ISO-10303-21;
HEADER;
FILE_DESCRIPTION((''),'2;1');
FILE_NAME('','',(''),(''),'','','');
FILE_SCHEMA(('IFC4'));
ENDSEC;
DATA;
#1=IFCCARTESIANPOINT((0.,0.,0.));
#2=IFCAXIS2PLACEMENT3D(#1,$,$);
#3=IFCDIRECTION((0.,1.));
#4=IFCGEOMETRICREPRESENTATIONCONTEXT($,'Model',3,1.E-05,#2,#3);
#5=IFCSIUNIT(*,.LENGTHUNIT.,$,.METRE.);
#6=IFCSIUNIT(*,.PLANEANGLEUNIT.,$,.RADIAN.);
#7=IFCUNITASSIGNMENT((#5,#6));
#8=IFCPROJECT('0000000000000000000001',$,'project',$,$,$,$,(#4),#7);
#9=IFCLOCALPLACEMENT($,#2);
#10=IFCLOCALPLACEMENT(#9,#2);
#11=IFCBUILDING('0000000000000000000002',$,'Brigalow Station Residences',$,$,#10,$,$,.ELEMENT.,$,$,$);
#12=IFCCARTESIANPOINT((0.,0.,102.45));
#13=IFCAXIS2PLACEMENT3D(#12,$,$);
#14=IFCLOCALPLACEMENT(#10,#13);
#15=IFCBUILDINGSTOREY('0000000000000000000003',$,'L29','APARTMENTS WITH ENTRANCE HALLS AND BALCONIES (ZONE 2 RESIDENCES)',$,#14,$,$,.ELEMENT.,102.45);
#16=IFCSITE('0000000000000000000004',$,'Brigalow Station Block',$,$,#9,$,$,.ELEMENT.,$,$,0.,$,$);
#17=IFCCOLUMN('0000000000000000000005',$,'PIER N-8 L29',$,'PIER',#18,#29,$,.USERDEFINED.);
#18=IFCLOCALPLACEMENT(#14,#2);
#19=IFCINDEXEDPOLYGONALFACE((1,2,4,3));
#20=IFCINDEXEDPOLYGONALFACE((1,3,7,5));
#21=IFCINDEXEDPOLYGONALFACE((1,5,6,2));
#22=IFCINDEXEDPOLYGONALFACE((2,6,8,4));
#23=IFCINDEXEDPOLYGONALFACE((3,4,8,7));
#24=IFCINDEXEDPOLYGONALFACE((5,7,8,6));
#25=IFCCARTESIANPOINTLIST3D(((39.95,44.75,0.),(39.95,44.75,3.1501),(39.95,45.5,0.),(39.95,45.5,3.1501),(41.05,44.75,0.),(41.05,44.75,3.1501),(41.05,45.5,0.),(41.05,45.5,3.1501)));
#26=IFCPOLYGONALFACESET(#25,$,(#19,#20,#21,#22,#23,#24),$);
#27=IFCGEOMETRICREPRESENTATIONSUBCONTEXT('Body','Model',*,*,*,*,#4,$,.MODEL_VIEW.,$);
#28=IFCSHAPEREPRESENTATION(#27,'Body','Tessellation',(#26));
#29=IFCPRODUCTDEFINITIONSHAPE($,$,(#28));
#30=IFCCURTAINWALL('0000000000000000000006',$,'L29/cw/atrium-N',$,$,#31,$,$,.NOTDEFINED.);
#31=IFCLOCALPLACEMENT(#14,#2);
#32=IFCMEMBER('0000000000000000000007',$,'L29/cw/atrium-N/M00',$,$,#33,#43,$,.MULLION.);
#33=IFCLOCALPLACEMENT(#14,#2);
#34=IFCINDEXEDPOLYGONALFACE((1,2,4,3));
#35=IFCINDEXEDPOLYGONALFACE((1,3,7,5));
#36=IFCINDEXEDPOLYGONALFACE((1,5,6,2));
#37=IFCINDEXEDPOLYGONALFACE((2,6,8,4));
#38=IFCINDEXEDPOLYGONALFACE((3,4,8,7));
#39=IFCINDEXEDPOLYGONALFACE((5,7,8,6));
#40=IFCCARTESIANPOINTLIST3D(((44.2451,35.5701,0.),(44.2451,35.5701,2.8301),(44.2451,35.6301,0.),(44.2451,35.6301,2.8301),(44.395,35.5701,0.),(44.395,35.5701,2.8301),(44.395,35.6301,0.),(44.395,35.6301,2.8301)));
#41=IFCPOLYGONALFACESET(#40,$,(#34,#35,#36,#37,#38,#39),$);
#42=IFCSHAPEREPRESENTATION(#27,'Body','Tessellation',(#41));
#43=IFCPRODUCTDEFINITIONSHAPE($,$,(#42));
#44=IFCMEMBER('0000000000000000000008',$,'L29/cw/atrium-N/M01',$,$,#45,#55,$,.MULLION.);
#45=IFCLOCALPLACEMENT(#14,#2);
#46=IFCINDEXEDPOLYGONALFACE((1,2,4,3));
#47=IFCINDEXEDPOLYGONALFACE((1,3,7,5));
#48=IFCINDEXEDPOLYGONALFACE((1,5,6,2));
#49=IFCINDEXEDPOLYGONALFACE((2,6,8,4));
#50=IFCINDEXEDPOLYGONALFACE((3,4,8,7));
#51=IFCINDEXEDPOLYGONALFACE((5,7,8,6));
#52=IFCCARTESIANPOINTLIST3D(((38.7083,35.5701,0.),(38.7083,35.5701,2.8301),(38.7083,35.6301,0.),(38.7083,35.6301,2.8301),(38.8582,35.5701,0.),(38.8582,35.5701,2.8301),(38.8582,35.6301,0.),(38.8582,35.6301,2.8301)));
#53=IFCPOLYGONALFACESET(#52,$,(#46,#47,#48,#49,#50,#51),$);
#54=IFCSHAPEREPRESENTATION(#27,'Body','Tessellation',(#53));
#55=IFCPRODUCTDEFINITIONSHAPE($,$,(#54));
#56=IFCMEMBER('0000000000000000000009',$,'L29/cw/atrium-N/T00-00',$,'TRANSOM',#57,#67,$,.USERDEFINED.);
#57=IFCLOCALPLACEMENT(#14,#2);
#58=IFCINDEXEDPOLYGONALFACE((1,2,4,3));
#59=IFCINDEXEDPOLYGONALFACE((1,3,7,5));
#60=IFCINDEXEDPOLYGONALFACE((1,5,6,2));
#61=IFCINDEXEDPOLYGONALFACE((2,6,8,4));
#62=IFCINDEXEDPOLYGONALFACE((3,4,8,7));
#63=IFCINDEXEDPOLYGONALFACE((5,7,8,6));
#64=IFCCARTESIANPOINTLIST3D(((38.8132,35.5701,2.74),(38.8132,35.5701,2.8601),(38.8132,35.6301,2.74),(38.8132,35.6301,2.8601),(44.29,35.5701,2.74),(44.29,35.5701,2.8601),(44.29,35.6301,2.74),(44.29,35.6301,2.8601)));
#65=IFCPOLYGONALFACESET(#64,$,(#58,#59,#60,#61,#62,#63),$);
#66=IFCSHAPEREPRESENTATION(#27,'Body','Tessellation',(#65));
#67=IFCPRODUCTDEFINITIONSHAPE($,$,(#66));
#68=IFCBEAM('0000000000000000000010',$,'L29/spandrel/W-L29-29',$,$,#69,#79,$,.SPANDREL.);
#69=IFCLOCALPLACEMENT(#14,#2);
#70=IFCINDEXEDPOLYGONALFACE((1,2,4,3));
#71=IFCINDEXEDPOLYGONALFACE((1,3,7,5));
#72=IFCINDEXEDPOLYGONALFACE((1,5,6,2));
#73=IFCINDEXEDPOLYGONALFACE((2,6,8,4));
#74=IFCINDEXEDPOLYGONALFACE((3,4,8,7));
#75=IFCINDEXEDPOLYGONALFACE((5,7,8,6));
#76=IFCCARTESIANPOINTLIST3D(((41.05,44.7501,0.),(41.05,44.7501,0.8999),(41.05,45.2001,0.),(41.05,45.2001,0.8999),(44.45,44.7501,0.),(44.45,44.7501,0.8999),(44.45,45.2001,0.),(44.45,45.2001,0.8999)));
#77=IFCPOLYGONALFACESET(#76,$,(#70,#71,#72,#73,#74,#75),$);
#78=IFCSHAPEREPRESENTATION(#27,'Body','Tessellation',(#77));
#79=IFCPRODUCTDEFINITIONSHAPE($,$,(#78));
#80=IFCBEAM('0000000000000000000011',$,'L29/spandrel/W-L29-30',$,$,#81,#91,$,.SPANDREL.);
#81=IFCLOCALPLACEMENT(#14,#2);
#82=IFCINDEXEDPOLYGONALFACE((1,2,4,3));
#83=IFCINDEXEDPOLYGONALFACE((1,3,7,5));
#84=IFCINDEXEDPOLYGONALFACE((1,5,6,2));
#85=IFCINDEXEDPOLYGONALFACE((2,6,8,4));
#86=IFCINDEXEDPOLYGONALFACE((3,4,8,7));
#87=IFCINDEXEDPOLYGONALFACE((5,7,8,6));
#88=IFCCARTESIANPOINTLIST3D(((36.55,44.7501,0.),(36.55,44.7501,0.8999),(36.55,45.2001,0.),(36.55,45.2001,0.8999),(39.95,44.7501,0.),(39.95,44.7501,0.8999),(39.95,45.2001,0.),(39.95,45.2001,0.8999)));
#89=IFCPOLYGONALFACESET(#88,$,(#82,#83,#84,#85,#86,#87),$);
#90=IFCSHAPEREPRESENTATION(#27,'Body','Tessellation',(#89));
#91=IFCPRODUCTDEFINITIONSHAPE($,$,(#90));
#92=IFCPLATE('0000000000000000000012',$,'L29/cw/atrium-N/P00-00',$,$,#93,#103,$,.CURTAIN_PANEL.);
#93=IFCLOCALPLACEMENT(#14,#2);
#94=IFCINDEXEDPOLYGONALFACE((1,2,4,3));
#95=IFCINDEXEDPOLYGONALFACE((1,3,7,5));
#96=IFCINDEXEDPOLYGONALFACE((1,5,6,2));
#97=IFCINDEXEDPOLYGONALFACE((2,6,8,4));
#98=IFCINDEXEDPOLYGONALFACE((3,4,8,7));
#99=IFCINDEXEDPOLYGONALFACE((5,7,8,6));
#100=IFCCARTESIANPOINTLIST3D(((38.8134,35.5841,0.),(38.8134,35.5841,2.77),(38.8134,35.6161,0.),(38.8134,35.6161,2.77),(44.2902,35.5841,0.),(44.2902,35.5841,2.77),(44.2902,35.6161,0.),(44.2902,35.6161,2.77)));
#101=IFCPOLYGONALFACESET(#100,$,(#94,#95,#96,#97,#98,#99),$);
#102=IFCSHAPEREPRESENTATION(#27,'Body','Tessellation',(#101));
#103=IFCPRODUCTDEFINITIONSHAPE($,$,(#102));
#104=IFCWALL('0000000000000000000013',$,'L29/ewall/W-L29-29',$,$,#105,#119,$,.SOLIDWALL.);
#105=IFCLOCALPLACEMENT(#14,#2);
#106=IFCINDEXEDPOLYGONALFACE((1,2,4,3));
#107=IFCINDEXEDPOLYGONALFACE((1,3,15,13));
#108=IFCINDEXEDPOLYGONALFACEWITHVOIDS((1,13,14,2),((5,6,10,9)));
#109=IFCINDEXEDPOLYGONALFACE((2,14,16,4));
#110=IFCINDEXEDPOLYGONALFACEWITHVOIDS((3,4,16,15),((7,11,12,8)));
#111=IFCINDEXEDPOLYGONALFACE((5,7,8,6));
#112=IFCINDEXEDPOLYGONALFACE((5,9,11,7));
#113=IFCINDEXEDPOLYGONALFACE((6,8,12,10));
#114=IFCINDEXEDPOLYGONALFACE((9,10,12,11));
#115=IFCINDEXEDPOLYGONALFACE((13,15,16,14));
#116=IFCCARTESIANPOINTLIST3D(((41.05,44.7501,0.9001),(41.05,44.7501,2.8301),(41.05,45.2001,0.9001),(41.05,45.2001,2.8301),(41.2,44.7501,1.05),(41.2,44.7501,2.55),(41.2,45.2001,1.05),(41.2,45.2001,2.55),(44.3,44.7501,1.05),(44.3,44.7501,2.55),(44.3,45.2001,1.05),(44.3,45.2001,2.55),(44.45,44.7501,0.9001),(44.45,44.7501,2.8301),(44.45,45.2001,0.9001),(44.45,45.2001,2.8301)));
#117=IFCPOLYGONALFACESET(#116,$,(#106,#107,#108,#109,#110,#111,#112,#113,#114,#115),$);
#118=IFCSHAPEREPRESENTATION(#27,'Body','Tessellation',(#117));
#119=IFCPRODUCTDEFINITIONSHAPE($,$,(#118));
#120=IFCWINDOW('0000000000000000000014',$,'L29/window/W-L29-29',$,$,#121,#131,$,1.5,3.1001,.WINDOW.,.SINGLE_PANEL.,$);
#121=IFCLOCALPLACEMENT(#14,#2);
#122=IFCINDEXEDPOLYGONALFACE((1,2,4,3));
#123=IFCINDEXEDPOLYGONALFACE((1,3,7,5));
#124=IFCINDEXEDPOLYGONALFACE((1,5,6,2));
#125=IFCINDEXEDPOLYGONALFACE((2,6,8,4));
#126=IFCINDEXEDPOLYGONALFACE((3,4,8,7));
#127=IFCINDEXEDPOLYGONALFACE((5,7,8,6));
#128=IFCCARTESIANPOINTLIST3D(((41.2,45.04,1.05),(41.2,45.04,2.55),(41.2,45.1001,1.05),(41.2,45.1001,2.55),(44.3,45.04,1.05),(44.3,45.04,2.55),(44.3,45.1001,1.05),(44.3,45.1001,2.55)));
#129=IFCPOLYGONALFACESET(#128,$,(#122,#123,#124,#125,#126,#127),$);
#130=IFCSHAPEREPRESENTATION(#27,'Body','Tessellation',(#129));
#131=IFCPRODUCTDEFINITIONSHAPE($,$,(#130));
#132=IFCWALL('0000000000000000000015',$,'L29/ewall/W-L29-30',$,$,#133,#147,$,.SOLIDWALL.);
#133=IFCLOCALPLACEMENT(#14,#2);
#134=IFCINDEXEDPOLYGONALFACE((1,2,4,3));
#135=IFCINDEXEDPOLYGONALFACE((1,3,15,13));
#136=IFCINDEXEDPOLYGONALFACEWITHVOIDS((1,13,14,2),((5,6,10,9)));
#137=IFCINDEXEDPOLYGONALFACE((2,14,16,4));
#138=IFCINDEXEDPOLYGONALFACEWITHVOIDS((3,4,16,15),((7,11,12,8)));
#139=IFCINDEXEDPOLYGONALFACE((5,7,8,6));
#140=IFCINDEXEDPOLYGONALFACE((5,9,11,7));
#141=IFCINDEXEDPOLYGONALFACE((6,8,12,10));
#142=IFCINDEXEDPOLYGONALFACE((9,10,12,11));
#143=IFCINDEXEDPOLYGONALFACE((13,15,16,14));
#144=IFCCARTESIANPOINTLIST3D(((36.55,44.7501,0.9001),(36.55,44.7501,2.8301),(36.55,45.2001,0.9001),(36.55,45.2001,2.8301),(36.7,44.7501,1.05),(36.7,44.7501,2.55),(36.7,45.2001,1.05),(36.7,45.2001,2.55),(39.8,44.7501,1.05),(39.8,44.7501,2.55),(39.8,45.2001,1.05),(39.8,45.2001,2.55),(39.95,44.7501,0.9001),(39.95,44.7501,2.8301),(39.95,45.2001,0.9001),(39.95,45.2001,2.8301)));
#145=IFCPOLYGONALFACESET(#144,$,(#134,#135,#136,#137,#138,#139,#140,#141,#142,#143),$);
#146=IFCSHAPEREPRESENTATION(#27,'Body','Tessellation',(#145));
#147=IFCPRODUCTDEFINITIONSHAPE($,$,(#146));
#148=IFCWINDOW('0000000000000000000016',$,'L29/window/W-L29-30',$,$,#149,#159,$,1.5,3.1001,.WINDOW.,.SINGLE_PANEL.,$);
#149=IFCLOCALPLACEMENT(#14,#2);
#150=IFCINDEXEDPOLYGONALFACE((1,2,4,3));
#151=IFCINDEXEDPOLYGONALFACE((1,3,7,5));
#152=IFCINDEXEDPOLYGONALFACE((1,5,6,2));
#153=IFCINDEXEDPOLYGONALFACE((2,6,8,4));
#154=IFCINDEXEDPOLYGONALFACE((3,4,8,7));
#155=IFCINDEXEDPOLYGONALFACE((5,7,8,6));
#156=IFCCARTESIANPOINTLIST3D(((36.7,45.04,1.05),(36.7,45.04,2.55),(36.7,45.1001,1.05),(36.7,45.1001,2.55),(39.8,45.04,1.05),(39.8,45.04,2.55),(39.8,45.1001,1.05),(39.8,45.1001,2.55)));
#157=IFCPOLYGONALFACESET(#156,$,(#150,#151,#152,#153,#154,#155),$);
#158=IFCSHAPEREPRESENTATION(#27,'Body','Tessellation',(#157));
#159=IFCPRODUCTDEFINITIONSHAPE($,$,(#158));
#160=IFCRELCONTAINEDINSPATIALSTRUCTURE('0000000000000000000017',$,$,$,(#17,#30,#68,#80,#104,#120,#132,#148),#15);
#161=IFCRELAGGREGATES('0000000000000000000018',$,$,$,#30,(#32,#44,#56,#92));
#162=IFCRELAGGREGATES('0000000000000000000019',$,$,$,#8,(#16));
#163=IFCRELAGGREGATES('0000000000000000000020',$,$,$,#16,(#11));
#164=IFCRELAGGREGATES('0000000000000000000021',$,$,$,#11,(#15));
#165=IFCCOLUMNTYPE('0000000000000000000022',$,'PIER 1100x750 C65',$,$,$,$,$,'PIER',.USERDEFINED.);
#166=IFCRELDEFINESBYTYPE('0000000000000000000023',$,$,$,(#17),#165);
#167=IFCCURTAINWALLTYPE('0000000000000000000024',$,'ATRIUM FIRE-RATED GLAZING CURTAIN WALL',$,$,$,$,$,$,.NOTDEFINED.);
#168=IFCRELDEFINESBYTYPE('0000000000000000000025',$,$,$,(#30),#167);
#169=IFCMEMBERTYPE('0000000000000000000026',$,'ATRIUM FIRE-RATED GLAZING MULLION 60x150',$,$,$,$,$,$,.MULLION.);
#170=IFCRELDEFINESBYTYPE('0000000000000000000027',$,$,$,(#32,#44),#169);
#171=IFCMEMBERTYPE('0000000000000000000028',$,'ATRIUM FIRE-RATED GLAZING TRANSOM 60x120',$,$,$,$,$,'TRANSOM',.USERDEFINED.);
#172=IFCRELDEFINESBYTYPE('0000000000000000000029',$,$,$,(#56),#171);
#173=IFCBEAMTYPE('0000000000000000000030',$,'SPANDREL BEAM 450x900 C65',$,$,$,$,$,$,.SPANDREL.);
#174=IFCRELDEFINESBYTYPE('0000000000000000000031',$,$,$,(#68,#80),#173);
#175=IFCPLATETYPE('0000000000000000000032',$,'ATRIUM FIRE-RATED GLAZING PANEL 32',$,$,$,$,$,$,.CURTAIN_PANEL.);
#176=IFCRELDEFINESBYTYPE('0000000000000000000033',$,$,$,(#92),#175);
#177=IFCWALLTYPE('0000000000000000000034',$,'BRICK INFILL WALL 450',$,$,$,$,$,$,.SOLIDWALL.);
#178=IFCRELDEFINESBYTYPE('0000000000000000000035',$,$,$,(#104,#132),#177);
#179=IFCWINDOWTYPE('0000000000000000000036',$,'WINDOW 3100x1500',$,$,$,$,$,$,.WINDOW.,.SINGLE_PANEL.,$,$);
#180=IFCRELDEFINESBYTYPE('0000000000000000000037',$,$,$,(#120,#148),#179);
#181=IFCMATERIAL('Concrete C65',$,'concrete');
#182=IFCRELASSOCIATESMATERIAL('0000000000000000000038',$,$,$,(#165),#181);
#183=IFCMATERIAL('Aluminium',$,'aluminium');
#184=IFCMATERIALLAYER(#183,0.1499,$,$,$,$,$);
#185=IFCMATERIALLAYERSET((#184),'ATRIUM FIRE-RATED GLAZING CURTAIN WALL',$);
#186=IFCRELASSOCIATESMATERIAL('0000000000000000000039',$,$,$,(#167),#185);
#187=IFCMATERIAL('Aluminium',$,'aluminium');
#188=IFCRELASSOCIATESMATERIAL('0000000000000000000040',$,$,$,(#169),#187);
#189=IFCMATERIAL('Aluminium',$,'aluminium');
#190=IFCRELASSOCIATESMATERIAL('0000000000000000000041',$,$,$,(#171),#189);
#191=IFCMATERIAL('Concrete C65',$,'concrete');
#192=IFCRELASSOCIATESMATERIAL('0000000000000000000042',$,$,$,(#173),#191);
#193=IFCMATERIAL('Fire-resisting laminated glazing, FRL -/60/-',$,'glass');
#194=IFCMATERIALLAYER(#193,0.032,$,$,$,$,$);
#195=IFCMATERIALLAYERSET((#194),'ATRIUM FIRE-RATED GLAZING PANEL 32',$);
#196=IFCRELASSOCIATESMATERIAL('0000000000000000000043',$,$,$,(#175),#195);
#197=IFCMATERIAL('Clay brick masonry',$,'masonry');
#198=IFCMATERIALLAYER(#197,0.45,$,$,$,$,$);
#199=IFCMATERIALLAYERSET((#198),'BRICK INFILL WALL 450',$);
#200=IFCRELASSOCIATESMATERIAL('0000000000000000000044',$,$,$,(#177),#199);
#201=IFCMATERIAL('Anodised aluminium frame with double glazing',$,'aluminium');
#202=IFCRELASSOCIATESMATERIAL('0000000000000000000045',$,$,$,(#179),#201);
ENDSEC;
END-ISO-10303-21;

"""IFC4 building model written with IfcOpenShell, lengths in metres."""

from ifc_helpers import new_model, si_unit, direction, frame, frame_2d, origin, origin_2d, place, context, subcontext, project, spatial, rectangle, extrude, material, layer, layer_set, material_profile, profile_set, type_object, element, fill, aggregate, save


model = new_model("IFC4")

# Units and contexts
model_context = context("Model", 3, precision=1e-05, world=origin(), true_north=direction((0.0, 1.0)))
body_context = subcontext(model_context, "Body", "Model", "MODEL_VIEW")
ifc_project = project(units=[si_unit("LENGTHUNIT", "METRE"), si_unit("PLANEANGLEUNIT", "RADIAN")], contexts=[model_context])

# Site, building, storey
site_placement = place(None, origin())
site = spatial("IfcSite", under=ifc_project, at=site_placement, Name="Brigalow Station Block", CompositionType="ELEMENT", RefElevation=0.0)
building_placement = place(site_placement, origin())
building = spatial("IfcBuilding", under=site, at=building_placement, Name="Brigalow Station Residences", CompositionType="ELEMENT")
storey_placement = place(building_placement, frame((0.0, 0.0, 102.45)))
storey = spatial("IfcBuildingStorey", under=building, at=storey_placement, Name="L29", Description="APARTMENTS WITH ENTRANCE HALLS AND BALCONIES (ZONE 2 RESIDENCES)", CompositionType="ELEMENT", Elevation=102.45)

# Column
ifc_material_1 = material(Name="Concrete C65", Category="concrete")
ifc_material_profile_1 = material_profile(ifc_material_1, rectangle(XDim=1.1001, YDim=0.75, at=origin_2d()), Name="RC1100x750")
ifc_profile_set_1 = profile_set([ifc_material_profile_1], Name="Concrete C65")
column_type = type_object("IfcColumnType", Name="PIER 1100x750 C65", ElementType="PIER", PredefinedType="USERDEFINED", material=ifc_profile_set_1)
column_placement = place(storey_placement, frame((40.5, 45.125, 0.0), z_axis=(0.0, 0.0, 1.0), x_axis=(-1.0, 0.0, 0.0)))
element("IfcColumn", 1, at=column_placement, inside=storey, type_object=column_type, Name="PIER N-8 L29", ObjectType="PIER", PredefinedType="USERDEFINED", context=body_context, shape_type="SweptSolid", body=[
    extrude(rectangle(XDim=1.1001, YDim=0.75, at=origin_2d()), origin(), (0.0, 0.0, 1.0), 3.1501),
])

# Curtain wall, members
ifc_material_2 = material(Name="Aluminium", Category="aluminium")
ifc_layer_1 = layer(ifc_material_2, 0.1499)
ifc_layer_set_1 = layer_set([ifc_layer_1], Name="ATRIUM FIRE-RATED GLAZING CURTAIN WALL")
curtain_wall_type = type_object("IfcCurtainWallType", Name="ATRIUM FIRE-RATED GLAZING CURTAIN WALL", PredefinedType="NOTDEFINED", material=ifc_layer_set_1)
curtain_wall_placement = place(storey_placement, origin())
curtain_wall = element("IfcCurtainWall", 2, at=curtain_wall_placement, inside=storey, type_object=curtain_wall_type, Name="L29/cw/atrium-N", PredefinedType="NOTDEFINED")
ifc_material_3 = material(Name="Aluminium", Category="aluminium")
ifc_material_profile_2 = material_profile(ifc_material_3, rectangle(XDim=0.0601, YDim=0.1499, at=origin_2d()), Name="ATRIUM FIRE-RATED GLAZING MULLION 60x150")
ifc_profile_set_2 = profile_set([ifc_material_profile_2], Name="Aluminium")
member_type_1 = type_object("IfcMemberType", Name="ATRIUM FIRE-RATED GLAZING MULLION 60x150", PredefinedType="MULLION", material=ifc_profile_set_2)
member_1_placement = place(storey_placement, frame((44.3201, 35.6001, 0.0), z_axis=(0.0, 0.0, 1.0), x_axis=(0.0, -1.0, 0.0)))
member_1 = element("IfcMember", 3, at=member_1_placement, type_object=member_type_1, Name="L29/cw/atrium-N/M00", PredefinedType="MULLION", context=body_context, shape_type="SweptSolid", body=[
    extrude(rectangle(XDim=0.0601, YDim=0.1499, at=origin_2d()), origin(), (0.0, 0.0, 1.0), 2.8301),
])
member_2_placement = place(storey_placement, frame((38.7832, 35.6001, 0.0), z_axis=(0.0, 0.0, 1.0), x_axis=(0.0, -1.0, 0.0)))
member_2 = element("IfcMember", 4, at=member_2_placement, type_object=member_type_1, Name="L29/cw/atrium-N/M01", PredefinedType="MULLION", context=body_context, shape_type="SweptSolid", body=[
    extrude(rectangle(XDim=0.0601, YDim=0.1499, at=origin_2d()), origin(), (0.0, 0.0, 1.0), 2.8301),
])
ifc_material_4 = material(Name="Aluminium", Category="aluminium")
ifc_material_profile_3 = material_profile(ifc_material_4, rectangle(XDim=0.0601, YDim=0.1201, at=origin_2d()), Name="ATRIUM FIRE-RATED GLAZING TRANSOM 60x120")
ifc_profile_set_3 = profile_set([ifc_material_profile_3], Name="Aluminium")
member_type_2 = type_object("IfcMemberType", Name="ATRIUM FIRE-RATED GLAZING TRANSOM 60x120", ElementType="TRANSOM", PredefinedType="USERDEFINED", material=ifc_profile_set_3)
member_3_placement = place(storey_placement, frame((44.29, 35.6001, 2.8), z_axis=(-1.0, 0.0, 0.0), x_axis=(0.0, -1.0, 0.0)))
member_3 = element("IfcMember", 5, at=member_3_placement, type_object=member_type_2, Name="L29/cw/atrium-N/T00-00", ObjectType="TRANSOM", PredefinedType="USERDEFINED", context=body_context, shape_type="SweptSolid", body=[
    extrude(rectangle(XDim=0.0601, YDim=0.1201, at=origin_2d()), origin(), (0.0, 0.0, 1.0), 5.4768),
])

# Beams
ifc_material_5 = material(Name="Concrete C65", Category="concrete")
ifc_material_profile_4 = material_profile(ifc_material_5, rectangle(XDim=0.45, YDim=0.8999, at=origin_2d()), Name="RC450x900")
ifc_profile_set_4 = profile_set([ifc_material_profile_4], Name="Concrete C65")
beam_type = type_object("IfcBeamType", Name="SPANDREL BEAM 450x900 C65", PredefinedType="SPANDREL", material=ifc_profile_set_4)
for number, where, z_axis, x_axis, name in (
    (6, (44.45, 44.9751, 0.45), (-1.0, 0.0, 0.0), (0.0, -1.0, 0.0), "L29/spandrel/W-L29-29"),
    (7, (39.95, 44.9751, 0.45), (-1.0, 0.0, 0.0), (0.0, -1.0, 0.0), "L29/spandrel/W-L29-30"),
):
    element("IfcBeam", number, at=place(storey_placement, frame(where, z_axis=z_axis, x_axis=x_axis)), inside=storey, type_object=beam_type, Name=name, PredefinedType="SPANDREL", context=body_context, shape_type="SweptSolid", body=[
        extrude(rectangle(XDim=0.45, YDim=0.8999, at=origin_2d()), origin(), (0.0, 0.0, 1.0), 3.3999),
    ])

# Plate
ifc_material_6 = material(Name="Fire-resisting laminated glazing, FRL -/60/-", Category="glass")
ifc_layer_2 = layer(ifc_material_6, 0.032)
ifc_layer_set_2 = layer_set([ifc_layer_2], Name="ATRIUM FIRE-RATED GLAZING PANEL 32")
plate_type = type_object("IfcPlateType", Name="ATRIUM FIRE-RATED GLAZING PANEL 32", PredefinedType="CURTAIN_PANEL", material=ifc_layer_set_2)
plate_placement = place(storey_placement, frame((41.5518, 35.6001, 0.0), z_axis=(0.0, 0.0, 1.0), x_axis=(-1.0, 0.0, 0.0)))
plate = element("IfcPlate", 8, at=plate_placement, type_object=plate_type, Name="L29/cw/atrium-N/P00-00", PredefinedType="CURTAIN_PANEL", context=body_context, shape_type="SweptSolid", body=[
    extrude(rectangle(XDim=5.4768, YDim=0.032, at=origin_2d()), origin(), (0.0, 0.0, 1.0), 2.77),
])
aggregate(curtain_wall, [member_1, member_2, member_3, plate])

# Walls, openings, windows
ifc_material_7 = material(Name="Clay brick masonry", Category="masonry")
ifc_layer_3 = layer(ifc_material_7, 0.45)
ifc_layer_set_3 = layer_set([ifc_layer_3], Name="BRICK INFILL WALL 450")
wall_type_1 = type_object("IfcWallType", Name="BRICK INFILL WALL 450", PredefinedType="SOLIDWALL", material=ifc_layer_set_3)
wall_1_placement = place(storey_placement, frame((44.45, 44.9751, 0.9001), z_axis=(0.0, 0.0, 1.0), x_axis=(-1.0, 0.0, 0.0)))
wall_1 = element("IfcWall", 9, at=wall_1_placement, inside=storey, type_object=wall_type_1, Name="L29/ewall/W-L29-29", PredefinedType="SOLIDWALL", context=body_context, shape_type="SweptSolid", body=[
    extrude(rectangle(XDim=3.3999, YDim=0.45, at=frame_2d((1.7, 0.0))), origin(), (0.0, 0.0, 1.0), 1.9299),
])
opening_1_placement = place(wall_1_placement, frame((0.1499, 0.0, 0.1499)))
opening_1 = element("IfcOpeningElement", 10, at=opening_1_placement, cuts=wall_1, PredefinedType="OPENING", context=body_context, shape_type="SweptSolid", body=[
    extrude(rectangle(XDim=3.1001, YDim=1.5, at=frame_2d((1.55, 0.75))), frame((0.0, 0.2349, 0.0), z_axis=(0.0, -1.0, 0.0), x_axis=(1.0, 0.0, 0.0)), (0.0, 0.0, 1.0), 0.47),
])
ifc_material_8 = material(Name="Anodised aluminium frame with double glazing", Category="aluminium")
window_type = type_object("IfcWindowType", Name="WINDOW 3100x1500", PartitioningType="SINGLE_PANEL", PredefinedType="WINDOW", material=ifc_material_8)
window_1_placement = place(opening_1_placement, origin())
window_1 = element("IfcWindow", 11, at=window_1_placement, inside=storey, type_object=window_type, Name="L29/window/W-L29-29", OverallHeight=1.5, OverallWidth=3.1001, PartitioningType="SINGLE_PANEL", PredefinedType="WINDOW", context=body_context, shape_type="SweptSolid", body=[
    extrude(rectangle(XDim=3.1001, YDim=1.5, at=frame_2d((1.55, 0.75))), frame((0.0, -0.0649, 0.0), z_axis=(0.0, -1.0, 0.0), x_axis=(1.0, 0.0, 0.0)), (0.0, 0.0, 1.0), 0.0601),
])
fill(opening_1, window_1)
wall_2_placement = place(storey_placement, frame((39.95, 44.9751, 0.9001), z_axis=(0.0, 0.0, 1.0), x_axis=(-1.0, 0.0, 0.0)))
wall_2 = element("IfcWall", 12, at=wall_2_placement, inside=storey, type_object=wall_type_1, Name="L29/ewall/W-L29-30", PredefinedType="SOLIDWALL", context=body_context, shape_type="SweptSolid", body=[
    extrude(rectangle(XDim=3.3999, YDim=0.45, at=frame_2d((1.7, 0.0))), origin(), (0.0, 0.0, 1.0), 1.9299),
])
opening_2_placement = place(wall_2_placement, frame((0.1499, 0.0, 0.1499)))
opening_2 = element("IfcOpeningElement", 13, at=opening_2_placement, cuts=wall_2, PredefinedType="OPENING", context=body_context, shape_type="SweptSolid", body=[
    extrude(rectangle(XDim=3.1001, YDim=1.5, at=frame_2d((1.55, 0.75))), frame((0.0, 0.2349, 0.0), z_axis=(0.0, -1.0, 0.0), x_axis=(1.0, 0.0, 0.0)), (0.0, 0.0, 1.0), 0.47),
])
window_2_placement = place(opening_2_placement, origin())
window_2 = element("IfcWindow", 14, at=window_2_placement, inside=storey, type_object=window_type, Name="L29/window/W-L29-30", OverallHeight=1.5, OverallWidth=3.1001, PartitioningType="SINGLE_PANEL", PredefinedType="WINDOW", context=body_context, shape_type="SweptSolid", body=[
    extrude(rectangle(XDim=3.1001, YDim=1.5, at=frame_2d((1.55, 0.75))), frame((0.0, -0.0649, 0.0), z_axis=(0.0, -1.0, 0.0), x_axis=(1.0, 0.0, 0.0)), (0.0, 0.0, 1.0), 0.0601),
])
fill(opening_2, window_2)

save(model, "model.ifc")
